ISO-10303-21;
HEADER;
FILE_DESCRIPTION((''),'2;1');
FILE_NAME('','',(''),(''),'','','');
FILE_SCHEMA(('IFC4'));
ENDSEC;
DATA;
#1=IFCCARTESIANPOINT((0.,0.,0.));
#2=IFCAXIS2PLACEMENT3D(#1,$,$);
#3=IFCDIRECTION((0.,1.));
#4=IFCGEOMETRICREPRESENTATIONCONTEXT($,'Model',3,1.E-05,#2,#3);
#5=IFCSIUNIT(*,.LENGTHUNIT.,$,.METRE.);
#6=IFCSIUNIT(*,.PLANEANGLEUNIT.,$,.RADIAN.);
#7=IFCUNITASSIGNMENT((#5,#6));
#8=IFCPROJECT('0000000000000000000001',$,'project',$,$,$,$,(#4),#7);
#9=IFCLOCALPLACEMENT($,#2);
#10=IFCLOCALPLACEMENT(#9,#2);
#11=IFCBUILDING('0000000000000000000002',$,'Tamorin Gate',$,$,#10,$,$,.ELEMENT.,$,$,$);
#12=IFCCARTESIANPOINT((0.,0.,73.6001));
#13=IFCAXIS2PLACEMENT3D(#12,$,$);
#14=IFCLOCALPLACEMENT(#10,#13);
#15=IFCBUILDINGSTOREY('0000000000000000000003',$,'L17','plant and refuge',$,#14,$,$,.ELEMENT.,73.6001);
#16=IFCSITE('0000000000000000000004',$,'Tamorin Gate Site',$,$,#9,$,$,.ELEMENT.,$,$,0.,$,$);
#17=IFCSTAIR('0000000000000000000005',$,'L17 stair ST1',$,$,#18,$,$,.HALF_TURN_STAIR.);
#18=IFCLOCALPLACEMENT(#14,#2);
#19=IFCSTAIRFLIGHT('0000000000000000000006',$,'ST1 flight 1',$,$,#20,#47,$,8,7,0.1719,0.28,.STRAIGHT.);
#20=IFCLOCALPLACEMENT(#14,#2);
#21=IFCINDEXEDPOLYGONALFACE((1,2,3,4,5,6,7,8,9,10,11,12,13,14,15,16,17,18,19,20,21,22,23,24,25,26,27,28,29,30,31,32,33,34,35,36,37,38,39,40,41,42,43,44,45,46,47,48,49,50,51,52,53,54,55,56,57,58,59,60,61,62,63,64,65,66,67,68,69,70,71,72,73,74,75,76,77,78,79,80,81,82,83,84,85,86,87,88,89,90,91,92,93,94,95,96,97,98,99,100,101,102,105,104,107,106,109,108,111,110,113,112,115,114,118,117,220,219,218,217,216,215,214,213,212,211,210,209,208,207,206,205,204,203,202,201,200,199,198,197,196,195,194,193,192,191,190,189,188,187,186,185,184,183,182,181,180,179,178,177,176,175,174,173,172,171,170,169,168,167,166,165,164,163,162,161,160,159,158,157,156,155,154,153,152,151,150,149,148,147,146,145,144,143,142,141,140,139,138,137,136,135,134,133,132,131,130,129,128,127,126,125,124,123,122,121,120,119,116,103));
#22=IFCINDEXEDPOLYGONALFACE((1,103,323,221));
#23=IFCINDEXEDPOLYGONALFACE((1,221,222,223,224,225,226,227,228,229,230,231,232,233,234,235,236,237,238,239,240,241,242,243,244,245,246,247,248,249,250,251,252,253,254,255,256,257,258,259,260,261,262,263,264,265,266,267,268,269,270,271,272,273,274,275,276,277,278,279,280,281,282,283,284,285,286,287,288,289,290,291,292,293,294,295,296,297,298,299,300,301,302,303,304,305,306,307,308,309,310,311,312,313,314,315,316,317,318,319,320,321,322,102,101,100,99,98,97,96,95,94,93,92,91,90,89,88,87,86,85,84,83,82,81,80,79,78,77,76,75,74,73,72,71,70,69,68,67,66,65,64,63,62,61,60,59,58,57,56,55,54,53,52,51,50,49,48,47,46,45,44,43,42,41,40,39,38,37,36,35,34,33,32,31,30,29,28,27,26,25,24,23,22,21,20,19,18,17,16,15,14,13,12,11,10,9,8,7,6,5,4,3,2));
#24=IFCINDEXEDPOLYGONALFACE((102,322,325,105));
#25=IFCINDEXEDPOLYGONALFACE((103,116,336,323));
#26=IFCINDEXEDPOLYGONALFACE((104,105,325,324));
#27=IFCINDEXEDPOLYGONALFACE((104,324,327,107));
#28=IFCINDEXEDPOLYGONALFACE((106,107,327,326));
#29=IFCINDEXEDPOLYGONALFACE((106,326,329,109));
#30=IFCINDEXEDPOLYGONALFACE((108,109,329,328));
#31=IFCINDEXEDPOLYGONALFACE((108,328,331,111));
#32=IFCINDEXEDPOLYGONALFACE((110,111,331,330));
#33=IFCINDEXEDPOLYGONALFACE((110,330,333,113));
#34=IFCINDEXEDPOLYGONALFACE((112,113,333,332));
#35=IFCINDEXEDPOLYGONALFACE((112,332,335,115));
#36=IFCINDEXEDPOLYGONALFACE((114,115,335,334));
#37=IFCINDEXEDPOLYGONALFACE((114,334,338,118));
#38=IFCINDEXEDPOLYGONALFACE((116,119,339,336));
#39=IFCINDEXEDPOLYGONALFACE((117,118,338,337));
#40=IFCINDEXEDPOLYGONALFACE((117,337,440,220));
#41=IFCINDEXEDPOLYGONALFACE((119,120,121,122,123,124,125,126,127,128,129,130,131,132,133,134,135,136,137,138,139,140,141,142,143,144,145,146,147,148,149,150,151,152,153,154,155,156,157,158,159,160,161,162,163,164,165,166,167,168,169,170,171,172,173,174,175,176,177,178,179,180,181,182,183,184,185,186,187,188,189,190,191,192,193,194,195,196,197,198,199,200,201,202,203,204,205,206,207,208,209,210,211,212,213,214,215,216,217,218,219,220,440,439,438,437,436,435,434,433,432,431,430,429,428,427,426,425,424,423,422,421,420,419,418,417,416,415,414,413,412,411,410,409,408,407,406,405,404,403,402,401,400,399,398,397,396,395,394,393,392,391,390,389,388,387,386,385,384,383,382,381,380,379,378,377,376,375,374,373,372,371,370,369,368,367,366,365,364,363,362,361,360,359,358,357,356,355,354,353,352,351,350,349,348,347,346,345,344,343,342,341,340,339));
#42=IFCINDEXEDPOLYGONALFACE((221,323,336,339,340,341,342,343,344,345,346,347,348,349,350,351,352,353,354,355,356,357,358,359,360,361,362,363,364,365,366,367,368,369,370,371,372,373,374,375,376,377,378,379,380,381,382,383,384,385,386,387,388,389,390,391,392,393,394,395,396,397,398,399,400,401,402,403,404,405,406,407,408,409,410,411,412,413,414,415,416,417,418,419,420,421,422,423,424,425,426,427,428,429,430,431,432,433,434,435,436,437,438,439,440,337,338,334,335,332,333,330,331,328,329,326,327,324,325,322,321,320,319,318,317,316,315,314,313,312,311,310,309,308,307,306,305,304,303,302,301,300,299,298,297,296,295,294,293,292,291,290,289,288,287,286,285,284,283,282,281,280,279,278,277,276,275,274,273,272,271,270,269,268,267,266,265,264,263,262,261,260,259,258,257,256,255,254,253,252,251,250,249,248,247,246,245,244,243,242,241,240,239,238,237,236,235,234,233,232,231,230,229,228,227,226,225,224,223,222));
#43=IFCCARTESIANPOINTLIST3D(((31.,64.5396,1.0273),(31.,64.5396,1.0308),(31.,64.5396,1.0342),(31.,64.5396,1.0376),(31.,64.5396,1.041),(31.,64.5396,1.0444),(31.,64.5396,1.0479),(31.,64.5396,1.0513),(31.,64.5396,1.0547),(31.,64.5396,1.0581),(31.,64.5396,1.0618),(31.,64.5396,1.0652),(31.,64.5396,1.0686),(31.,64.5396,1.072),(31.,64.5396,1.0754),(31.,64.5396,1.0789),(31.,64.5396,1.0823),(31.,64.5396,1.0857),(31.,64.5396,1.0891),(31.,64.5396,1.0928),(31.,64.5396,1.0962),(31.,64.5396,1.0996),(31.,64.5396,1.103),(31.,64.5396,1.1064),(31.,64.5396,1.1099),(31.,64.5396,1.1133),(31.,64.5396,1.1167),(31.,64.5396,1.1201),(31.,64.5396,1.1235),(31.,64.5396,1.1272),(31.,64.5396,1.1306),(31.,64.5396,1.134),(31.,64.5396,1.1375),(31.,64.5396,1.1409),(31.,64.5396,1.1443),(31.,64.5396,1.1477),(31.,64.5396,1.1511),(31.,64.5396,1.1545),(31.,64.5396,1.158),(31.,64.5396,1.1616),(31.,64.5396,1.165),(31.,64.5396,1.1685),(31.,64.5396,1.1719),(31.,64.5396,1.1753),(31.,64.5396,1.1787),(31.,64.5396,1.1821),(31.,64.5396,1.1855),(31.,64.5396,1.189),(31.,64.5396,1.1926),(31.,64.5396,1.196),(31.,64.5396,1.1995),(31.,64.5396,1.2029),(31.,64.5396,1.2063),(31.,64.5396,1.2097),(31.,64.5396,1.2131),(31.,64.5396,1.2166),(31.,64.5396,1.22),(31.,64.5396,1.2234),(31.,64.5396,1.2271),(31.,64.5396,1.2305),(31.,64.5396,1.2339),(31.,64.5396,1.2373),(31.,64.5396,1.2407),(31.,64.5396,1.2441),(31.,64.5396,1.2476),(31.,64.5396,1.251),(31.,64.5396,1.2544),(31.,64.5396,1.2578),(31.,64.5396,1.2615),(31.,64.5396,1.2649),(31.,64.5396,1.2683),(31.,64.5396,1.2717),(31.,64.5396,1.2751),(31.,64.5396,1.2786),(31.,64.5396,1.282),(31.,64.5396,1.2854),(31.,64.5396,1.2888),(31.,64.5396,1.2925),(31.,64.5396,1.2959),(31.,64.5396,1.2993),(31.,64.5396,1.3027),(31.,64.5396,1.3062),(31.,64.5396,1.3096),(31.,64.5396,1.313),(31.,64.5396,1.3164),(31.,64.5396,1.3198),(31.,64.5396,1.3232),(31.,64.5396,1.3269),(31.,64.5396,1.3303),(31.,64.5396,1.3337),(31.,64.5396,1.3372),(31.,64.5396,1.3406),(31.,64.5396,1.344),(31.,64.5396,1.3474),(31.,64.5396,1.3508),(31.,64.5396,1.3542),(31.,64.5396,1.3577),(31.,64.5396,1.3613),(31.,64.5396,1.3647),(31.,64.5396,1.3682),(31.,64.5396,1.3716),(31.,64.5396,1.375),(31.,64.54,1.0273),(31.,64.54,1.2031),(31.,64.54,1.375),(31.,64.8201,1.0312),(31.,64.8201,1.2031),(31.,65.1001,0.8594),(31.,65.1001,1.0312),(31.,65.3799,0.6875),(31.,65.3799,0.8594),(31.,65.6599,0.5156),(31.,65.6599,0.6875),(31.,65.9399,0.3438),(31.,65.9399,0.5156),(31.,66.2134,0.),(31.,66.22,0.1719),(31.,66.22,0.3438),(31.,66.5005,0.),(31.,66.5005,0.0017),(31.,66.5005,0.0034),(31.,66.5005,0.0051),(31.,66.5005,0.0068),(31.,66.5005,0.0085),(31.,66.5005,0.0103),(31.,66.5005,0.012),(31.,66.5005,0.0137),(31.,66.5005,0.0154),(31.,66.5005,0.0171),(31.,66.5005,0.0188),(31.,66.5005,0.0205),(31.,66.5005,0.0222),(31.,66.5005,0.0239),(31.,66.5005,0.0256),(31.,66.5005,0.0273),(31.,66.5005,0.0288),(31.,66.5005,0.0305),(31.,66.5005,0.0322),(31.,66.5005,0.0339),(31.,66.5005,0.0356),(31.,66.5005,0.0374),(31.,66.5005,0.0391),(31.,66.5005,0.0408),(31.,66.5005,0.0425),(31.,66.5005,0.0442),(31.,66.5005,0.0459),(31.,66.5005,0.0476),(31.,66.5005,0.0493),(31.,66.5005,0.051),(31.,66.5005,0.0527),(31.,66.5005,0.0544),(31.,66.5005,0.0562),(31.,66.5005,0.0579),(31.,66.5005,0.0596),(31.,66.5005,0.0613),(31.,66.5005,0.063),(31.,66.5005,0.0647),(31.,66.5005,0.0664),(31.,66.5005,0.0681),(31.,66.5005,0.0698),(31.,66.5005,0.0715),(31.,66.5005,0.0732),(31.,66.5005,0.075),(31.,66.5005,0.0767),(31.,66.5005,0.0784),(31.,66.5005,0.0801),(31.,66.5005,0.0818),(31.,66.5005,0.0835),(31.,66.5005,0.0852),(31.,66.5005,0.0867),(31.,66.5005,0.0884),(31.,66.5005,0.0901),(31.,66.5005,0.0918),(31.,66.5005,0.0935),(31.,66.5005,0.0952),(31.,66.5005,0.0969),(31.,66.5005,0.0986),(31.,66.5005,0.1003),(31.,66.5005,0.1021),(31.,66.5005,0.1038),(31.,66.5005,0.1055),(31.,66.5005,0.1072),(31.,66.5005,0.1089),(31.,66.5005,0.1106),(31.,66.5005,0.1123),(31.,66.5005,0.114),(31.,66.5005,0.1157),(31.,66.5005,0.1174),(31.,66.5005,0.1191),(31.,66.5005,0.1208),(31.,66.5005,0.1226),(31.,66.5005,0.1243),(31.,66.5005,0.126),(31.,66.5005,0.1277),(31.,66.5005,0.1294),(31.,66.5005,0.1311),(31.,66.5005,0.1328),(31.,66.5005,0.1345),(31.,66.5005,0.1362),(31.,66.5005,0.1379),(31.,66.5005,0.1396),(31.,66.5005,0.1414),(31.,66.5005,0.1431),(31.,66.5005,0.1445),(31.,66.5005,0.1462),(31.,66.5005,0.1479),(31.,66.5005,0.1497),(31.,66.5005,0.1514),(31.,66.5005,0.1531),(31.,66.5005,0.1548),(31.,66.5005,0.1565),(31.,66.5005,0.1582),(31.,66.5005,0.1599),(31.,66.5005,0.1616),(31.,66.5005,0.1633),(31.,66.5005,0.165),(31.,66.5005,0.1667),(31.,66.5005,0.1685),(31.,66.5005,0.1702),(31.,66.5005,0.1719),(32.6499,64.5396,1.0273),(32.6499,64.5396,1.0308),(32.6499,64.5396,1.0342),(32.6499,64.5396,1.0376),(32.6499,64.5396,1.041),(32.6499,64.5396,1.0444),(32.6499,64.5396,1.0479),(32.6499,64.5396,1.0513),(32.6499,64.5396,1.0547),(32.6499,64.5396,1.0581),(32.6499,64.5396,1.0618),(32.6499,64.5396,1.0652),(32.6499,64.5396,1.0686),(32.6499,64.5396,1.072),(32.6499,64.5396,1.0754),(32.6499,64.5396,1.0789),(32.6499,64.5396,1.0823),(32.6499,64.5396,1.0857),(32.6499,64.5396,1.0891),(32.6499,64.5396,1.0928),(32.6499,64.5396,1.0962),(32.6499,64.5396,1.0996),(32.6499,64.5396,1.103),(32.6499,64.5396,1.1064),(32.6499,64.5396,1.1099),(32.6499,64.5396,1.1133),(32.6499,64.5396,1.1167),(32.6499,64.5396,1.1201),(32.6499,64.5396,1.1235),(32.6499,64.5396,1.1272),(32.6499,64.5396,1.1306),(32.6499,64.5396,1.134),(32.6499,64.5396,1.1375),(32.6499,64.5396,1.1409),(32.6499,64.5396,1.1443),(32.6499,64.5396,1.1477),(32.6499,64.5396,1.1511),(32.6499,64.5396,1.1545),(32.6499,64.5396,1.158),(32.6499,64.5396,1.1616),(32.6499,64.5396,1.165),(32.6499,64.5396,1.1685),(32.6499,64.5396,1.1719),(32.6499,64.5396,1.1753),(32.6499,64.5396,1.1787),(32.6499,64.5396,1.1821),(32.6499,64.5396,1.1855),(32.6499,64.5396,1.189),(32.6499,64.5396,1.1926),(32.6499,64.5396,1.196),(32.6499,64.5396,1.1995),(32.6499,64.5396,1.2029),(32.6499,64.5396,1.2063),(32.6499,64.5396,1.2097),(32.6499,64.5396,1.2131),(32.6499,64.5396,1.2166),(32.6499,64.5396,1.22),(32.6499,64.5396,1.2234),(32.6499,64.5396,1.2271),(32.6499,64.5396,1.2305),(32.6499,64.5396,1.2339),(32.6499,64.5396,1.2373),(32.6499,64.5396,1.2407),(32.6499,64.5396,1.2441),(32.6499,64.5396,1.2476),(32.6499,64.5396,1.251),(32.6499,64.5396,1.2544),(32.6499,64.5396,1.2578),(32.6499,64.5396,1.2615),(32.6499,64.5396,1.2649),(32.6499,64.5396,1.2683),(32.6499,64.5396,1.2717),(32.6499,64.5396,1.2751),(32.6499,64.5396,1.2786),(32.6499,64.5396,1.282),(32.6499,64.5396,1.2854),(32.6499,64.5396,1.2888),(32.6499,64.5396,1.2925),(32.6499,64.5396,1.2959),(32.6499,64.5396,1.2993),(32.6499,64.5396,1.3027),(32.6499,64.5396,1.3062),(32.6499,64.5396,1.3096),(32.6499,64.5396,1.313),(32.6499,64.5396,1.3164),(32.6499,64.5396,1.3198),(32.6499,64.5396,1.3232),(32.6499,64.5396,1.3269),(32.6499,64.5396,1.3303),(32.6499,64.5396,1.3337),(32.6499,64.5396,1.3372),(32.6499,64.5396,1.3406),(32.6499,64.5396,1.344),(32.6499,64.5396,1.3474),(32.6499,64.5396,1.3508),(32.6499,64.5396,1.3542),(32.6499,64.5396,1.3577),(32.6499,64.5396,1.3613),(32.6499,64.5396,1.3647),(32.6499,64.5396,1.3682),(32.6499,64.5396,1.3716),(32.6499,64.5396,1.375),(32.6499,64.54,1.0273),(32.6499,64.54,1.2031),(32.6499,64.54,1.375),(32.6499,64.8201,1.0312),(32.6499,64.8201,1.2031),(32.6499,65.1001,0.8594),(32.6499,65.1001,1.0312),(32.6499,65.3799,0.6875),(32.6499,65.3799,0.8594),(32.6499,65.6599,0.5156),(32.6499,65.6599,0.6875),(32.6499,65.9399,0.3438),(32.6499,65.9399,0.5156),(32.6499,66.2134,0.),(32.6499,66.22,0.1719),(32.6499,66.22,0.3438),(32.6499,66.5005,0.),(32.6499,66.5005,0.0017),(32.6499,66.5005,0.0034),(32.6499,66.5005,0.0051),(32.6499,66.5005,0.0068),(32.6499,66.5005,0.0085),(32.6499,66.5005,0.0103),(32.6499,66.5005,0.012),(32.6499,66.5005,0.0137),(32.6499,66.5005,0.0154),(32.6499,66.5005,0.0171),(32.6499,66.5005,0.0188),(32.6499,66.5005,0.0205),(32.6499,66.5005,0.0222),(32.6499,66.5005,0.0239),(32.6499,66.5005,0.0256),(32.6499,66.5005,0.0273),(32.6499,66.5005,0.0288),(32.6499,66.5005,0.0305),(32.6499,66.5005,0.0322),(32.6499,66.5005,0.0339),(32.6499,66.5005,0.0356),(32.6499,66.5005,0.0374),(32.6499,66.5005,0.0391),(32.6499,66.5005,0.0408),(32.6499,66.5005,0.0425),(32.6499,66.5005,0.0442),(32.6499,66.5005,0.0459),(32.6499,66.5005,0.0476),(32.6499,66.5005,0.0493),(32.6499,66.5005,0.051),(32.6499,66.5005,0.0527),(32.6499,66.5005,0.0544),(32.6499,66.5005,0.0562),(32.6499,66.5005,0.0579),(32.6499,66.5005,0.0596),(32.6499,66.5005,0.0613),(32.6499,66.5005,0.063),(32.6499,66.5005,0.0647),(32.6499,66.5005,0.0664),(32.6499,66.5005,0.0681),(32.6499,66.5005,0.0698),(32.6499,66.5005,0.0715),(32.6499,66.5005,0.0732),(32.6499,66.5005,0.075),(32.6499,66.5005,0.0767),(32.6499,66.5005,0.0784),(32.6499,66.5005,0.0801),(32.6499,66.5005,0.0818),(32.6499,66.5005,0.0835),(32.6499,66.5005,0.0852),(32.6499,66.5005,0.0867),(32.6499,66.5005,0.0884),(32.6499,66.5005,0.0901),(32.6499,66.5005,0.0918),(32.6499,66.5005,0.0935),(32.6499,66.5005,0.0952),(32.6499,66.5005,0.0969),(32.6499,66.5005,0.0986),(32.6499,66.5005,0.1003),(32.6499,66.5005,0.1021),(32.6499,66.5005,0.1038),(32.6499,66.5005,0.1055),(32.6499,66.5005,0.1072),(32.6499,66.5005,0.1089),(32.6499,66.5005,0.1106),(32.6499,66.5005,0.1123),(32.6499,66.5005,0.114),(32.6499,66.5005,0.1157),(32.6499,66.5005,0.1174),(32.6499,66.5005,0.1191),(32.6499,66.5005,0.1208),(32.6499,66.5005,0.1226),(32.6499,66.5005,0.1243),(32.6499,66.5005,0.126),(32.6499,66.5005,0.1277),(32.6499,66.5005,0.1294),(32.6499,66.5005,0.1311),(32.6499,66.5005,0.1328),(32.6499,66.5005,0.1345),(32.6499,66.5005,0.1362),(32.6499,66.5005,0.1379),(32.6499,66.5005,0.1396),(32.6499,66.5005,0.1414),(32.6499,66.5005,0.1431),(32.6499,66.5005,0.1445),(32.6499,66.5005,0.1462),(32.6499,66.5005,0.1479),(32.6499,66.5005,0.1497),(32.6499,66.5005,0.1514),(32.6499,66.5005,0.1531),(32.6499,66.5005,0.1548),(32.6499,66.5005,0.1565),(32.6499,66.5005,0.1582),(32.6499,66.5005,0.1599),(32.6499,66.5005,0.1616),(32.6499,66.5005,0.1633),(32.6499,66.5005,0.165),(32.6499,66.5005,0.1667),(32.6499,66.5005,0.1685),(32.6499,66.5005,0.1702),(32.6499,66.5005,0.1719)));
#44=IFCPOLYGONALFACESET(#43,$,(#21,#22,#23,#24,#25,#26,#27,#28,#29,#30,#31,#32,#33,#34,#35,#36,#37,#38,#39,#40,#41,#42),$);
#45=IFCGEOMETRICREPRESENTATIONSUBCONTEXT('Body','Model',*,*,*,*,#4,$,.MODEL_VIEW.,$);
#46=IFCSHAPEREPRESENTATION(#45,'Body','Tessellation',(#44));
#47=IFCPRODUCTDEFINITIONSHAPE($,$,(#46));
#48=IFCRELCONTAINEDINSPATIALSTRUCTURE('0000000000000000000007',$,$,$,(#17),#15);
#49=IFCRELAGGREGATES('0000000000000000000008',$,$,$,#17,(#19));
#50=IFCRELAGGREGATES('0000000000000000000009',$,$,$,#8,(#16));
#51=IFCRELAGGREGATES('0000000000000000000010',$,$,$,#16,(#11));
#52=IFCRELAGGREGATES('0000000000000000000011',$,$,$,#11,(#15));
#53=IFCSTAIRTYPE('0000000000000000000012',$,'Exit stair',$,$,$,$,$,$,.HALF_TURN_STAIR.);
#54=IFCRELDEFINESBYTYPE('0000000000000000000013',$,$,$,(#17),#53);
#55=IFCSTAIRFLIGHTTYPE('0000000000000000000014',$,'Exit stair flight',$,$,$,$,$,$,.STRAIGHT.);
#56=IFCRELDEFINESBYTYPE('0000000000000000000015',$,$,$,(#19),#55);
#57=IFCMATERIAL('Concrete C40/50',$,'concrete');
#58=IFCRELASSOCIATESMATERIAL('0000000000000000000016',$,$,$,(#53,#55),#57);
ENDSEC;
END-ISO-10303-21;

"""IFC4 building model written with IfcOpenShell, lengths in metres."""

from ifc_helpers import new_model, si_unit, direction, frame, origin, place, context, subcontext, project, spatial, polyline, outline, extrude, material, type_object, element, aggregate, save


model = new_model("IFC4")

# Units and contexts
model_context = context("Model", 3, precision=1e-05, world=origin(), true_north=direction((0.0, 1.0)))
body_context = subcontext(model_context, "Body", "Model", "MODEL_VIEW")
ifc_project = project(units=[si_unit("LENGTHUNIT", "METRE"), si_unit("PLANEANGLEUNIT", "RADIAN")], contexts=[model_context])

# Site, building, storey
site_placement = place(None, origin())
site = spatial("IfcSite", under=ifc_project, at=site_placement, Name="Tamorin Gate Site", CompositionType="ELEMENT", RefElevation=0.0)
building_placement = place(site_placement, origin())
building = spatial("IfcBuilding", under=site, at=building_placement, Name="Tamorin Gate", CompositionType="ELEMENT")
storey_placement = place(building_placement, frame((0.0, 0.0, 73.6001)))
storey = spatial("IfcBuildingStorey", under=building, at=storey_placement, Name="L17", Description="plant and refuge", CompositionType="ELEMENT", Elevation=73.6001)

# Shared definitions
ifc_material_1 = material(Name="Concrete C40/50", Category="concrete")

# Stair, stair flight
stair_type = type_object("IfcStairType", Name="Exit stair", PredefinedType="HALF_TURN_STAIR", material=ifc_material_1)
stair_1_placement = place(storey_placement, origin())
stair_1 = element("IfcStair", 1, at=stair_1_placement, inside=storey, type_object=stair_type, Name="L17 stair ST1", PredefinedType="HALF_TURN_STAIR")
stair_flight_type = type_object("IfcStairFlightType", Name="Exit stair flight", PredefinedType="STRAIGHT", material=ifc_material_1)
stair_flight_1_placement = place(storey_placement, frame((31.825, 66.5, 0.0), z_axis=(0.0, 0.0, 1.0), x_axis=(0.0, -1.0, 0.0)))
stair_flight_1 = element("IfcStairFlight", 2, at=stair_flight_1_placement, type_object=stair_flight_type, Name="ST1 flight 1", NumberOfRisers=8, NumberOfTreads=7, PredefinedType="STRAIGHT", RiserHeight=0.1719, TreadLength=0.28, context=body_context, shape_type="SweptSolid", body=[
    extrude(outline(polyline([(-0.0005, 0.0), (-0.0005, 0.0017), (-0.0005, 0.0034), (-0.0005, 0.0051), (-0.0005, 0.0068), (-0.0005, 0.0085), (-0.0005, 0.0103), (-0.0005, 0.012), (-0.0005, 0.0137), (-0.0005, 0.0154), (-0.0005, 0.0171), (-0.0005, 0.0188), (-0.0005, 0.0205), (-0.0005, 0.0222), (-0.0005, 0.0239), (-0.0005, 0.0256), (-0.0005, 0.0273), (-0.0005, 0.0288), (-0.0005, 0.0305), (-0.0005, 0.0322), (-0.0005, 0.0339), (-0.0005, 0.0356), (-0.0005, 0.0374), (-0.0005, 0.0391), (-0.0005, 0.0408), (-0.0005, 0.0425), (-0.0005, 0.0442), (-0.0005, 0.0459), (-0.0005, 0.0476), (-0.0005, 0.0493), (-0.0005, 0.051), (-0.0005, 0.0527), (-0.0005, 0.0544), (-0.0005, 0.0562), (-0.0005, 0.0579), (-0.0005, 0.0596), (-0.0005, 0.0613), (-0.0005, 0.063), (-0.0005, 0.0647), (-0.0005, 0.0664), (-0.0005, 0.0681), (-0.0005, 0.0698), (-0.0005, 0.0715), (-0.0005, 0.0732), (-0.0005, 0.075), (-0.0005, 0.0767), (-0.0005, 0.0784), (-0.0005, 0.0801), (-0.0005, 0.0818), (-0.0005, 0.0835), (-0.0005, 0.0852), (-0.0005, 0.0867), (-0.0005, 0.0884), (-0.0005, 0.0901), (-0.0005, 0.0918), (-0.0005, 0.0935), (-0.0005, 0.0952), (-0.0005, 0.0969), (-0.0005, 0.0986), (-0.0005, 0.1003), (-0.0005, 0.1021), (-0.0005, 0.1038), (-0.0005, 0.1055), (-0.0005, 0.1072), (-0.0005, 0.1089), (-0.0005, 0.1106), (-0.0005, 0.1123), (-0.0005, 0.114), (-0.0005, 0.1157), (-0.0005, 0.1174), (-0.0005, 0.1191), (-0.0005, 0.1208), (-0.0005, 0.1226), (-0.0005, 0.1243), (-0.0005, 0.126), (-0.0005, 0.1277), (-0.0005, 0.1294), (-0.0005, 0.1311), (-0.0005, 0.1328), (-0.0005, 0.1345), (-0.0005, 0.1362), (-0.0005, 0.1379), (-0.0005, 0.1396), (-0.0005, 0.1414), (-0.0005, 0.1431), (-0.0005, 0.1445), (-0.0005, 0.1462), (-0.0005, 0.1479), (-0.0005, 0.1497), (-0.0005, 0.1514), (-0.0005, 0.1531), (-0.0005, 0.1548), (-0.0005, 0.1565), (-0.0005, 0.1582), (-0.0005, 0.1599), (-0.0005, 0.1616), (-0.0005, 0.1633), (-0.0005, 0.165), (-0.0005, 0.1667), (-0.0005, 0.1685), (-0.0005, 0.1702), (-0.0005, 0.1719), (0.28, 0.1719), (0.28, 0.3438), (0.5601, 0.3438), (0.5601, 0.5156), (0.8401, 0.5156), (0.8401, 0.6875), (1.1201, 0.6875), (1.1201, 0.8594), (1.3999, 0.8594), (1.3999, 1.0312), (1.6799, 1.0312), (1.6799, 1.2031), (1.96, 1.2031), (1.96, 1.375), (1.9604, 1.375), (1.9604, 1.3716), (1.9604, 1.3682), (1.9604, 1.3647), (1.9604, 1.3613), (1.9604, 1.3577), (1.9604, 1.3542), (1.9604, 1.3508), (1.9604, 1.3474), (1.9604, 1.344), (1.9604, 1.3406), (1.9604, 1.3372), (1.9604, 1.3337), (1.9604, 1.3303), (1.9604, 1.3269), (1.9604, 1.3232), (1.9604, 1.3198), (1.9604, 1.3164), (1.9604, 1.313), (1.9604, 1.3096), (1.9604, 1.3062), (1.9604, 1.3027), (1.9604, 1.2993), (1.9604, 1.2959), (1.9604, 1.2925), (1.9604, 1.2888), (1.9604, 1.2854), (1.9604, 1.282), (1.9604, 1.2786), (1.9604, 1.2751), (1.9604, 1.2717), (1.9604, 1.2683), (1.9604, 1.2649), (1.9604, 1.2615), (1.9604, 1.2578), (1.9604, 1.2544), (1.9604, 1.251), (1.9604, 1.2476), (1.9604, 1.2441), (1.9604, 1.2407), (1.9604, 1.2373), (1.9604, 1.2339), (1.9604, 1.2305), (1.9604, 1.2271), (1.9604, 1.2234), (1.9604, 1.22), (1.9604, 1.2166), (1.9604, 1.2131), (1.9604, 1.2097), (1.9604, 1.2063), (1.9604, 1.2029), (1.9604, 1.1995), (1.9604, 1.196), (1.9604, 1.1926), (1.9604, 1.189), (1.9604, 1.1855), (1.9604, 1.1821), (1.9604, 1.1787), (1.9604, 1.1753), (1.9604, 1.1719), (1.9604, 1.1685), (1.9604, 1.165), (1.9604, 1.1616), (1.9604, 1.158), (1.9604, 1.1545), (1.9604, 1.1511), (1.9604, 1.1477), (1.9604, 1.1443), (1.9604, 1.1409), (1.9604, 1.1375), (1.9604, 1.134), (1.9604, 1.1306), (1.9604, 1.1272), (1.9604, 1.1235), (1.9604, 1.1201), (1.9604, 1.1167), (1.9604, 1.1133), (1.9604, 1.1099), (1.9604, 1.1064), (1.9604, 1.103), (1.9604, 1.0996), (1.9604, 1.0962), (1.9604, 1.0928), (1.9604, 1.0891), (1.9604, 1.0857), (1.9604, 1.0823), (1.9604, 1.0789), (1.9604, 1.0754), (1.9604, 1.072), (1.9604, 1.0686), (1.9604, 1.0652), (1.9604, 1.0618), (1.9604, 1.0581), (1.9604, 1.0547), (1.9604, 1.0513), (1.9604, 1.0479), (1.9604, 1.0444), (1.9604, 1.041), (1.9604, 1.0376), (1.9604, 1.0342), (1.9604, 1.0308), (1.9604, 1.0273), (1.96, 1.0273), (0.2866, 0.0), (-0.0005, 0.0)])), frame((0.0, 0.825, 0.0), z_axis=(0.0, -1.0, 0.0), x_axis=(1.0, 0.0, 0.0)), (0.0, 0.0, 1.0), 1.6499),
])
aggregate(stair_1, [stair_flight_1])

save(model, "model.ifc")
